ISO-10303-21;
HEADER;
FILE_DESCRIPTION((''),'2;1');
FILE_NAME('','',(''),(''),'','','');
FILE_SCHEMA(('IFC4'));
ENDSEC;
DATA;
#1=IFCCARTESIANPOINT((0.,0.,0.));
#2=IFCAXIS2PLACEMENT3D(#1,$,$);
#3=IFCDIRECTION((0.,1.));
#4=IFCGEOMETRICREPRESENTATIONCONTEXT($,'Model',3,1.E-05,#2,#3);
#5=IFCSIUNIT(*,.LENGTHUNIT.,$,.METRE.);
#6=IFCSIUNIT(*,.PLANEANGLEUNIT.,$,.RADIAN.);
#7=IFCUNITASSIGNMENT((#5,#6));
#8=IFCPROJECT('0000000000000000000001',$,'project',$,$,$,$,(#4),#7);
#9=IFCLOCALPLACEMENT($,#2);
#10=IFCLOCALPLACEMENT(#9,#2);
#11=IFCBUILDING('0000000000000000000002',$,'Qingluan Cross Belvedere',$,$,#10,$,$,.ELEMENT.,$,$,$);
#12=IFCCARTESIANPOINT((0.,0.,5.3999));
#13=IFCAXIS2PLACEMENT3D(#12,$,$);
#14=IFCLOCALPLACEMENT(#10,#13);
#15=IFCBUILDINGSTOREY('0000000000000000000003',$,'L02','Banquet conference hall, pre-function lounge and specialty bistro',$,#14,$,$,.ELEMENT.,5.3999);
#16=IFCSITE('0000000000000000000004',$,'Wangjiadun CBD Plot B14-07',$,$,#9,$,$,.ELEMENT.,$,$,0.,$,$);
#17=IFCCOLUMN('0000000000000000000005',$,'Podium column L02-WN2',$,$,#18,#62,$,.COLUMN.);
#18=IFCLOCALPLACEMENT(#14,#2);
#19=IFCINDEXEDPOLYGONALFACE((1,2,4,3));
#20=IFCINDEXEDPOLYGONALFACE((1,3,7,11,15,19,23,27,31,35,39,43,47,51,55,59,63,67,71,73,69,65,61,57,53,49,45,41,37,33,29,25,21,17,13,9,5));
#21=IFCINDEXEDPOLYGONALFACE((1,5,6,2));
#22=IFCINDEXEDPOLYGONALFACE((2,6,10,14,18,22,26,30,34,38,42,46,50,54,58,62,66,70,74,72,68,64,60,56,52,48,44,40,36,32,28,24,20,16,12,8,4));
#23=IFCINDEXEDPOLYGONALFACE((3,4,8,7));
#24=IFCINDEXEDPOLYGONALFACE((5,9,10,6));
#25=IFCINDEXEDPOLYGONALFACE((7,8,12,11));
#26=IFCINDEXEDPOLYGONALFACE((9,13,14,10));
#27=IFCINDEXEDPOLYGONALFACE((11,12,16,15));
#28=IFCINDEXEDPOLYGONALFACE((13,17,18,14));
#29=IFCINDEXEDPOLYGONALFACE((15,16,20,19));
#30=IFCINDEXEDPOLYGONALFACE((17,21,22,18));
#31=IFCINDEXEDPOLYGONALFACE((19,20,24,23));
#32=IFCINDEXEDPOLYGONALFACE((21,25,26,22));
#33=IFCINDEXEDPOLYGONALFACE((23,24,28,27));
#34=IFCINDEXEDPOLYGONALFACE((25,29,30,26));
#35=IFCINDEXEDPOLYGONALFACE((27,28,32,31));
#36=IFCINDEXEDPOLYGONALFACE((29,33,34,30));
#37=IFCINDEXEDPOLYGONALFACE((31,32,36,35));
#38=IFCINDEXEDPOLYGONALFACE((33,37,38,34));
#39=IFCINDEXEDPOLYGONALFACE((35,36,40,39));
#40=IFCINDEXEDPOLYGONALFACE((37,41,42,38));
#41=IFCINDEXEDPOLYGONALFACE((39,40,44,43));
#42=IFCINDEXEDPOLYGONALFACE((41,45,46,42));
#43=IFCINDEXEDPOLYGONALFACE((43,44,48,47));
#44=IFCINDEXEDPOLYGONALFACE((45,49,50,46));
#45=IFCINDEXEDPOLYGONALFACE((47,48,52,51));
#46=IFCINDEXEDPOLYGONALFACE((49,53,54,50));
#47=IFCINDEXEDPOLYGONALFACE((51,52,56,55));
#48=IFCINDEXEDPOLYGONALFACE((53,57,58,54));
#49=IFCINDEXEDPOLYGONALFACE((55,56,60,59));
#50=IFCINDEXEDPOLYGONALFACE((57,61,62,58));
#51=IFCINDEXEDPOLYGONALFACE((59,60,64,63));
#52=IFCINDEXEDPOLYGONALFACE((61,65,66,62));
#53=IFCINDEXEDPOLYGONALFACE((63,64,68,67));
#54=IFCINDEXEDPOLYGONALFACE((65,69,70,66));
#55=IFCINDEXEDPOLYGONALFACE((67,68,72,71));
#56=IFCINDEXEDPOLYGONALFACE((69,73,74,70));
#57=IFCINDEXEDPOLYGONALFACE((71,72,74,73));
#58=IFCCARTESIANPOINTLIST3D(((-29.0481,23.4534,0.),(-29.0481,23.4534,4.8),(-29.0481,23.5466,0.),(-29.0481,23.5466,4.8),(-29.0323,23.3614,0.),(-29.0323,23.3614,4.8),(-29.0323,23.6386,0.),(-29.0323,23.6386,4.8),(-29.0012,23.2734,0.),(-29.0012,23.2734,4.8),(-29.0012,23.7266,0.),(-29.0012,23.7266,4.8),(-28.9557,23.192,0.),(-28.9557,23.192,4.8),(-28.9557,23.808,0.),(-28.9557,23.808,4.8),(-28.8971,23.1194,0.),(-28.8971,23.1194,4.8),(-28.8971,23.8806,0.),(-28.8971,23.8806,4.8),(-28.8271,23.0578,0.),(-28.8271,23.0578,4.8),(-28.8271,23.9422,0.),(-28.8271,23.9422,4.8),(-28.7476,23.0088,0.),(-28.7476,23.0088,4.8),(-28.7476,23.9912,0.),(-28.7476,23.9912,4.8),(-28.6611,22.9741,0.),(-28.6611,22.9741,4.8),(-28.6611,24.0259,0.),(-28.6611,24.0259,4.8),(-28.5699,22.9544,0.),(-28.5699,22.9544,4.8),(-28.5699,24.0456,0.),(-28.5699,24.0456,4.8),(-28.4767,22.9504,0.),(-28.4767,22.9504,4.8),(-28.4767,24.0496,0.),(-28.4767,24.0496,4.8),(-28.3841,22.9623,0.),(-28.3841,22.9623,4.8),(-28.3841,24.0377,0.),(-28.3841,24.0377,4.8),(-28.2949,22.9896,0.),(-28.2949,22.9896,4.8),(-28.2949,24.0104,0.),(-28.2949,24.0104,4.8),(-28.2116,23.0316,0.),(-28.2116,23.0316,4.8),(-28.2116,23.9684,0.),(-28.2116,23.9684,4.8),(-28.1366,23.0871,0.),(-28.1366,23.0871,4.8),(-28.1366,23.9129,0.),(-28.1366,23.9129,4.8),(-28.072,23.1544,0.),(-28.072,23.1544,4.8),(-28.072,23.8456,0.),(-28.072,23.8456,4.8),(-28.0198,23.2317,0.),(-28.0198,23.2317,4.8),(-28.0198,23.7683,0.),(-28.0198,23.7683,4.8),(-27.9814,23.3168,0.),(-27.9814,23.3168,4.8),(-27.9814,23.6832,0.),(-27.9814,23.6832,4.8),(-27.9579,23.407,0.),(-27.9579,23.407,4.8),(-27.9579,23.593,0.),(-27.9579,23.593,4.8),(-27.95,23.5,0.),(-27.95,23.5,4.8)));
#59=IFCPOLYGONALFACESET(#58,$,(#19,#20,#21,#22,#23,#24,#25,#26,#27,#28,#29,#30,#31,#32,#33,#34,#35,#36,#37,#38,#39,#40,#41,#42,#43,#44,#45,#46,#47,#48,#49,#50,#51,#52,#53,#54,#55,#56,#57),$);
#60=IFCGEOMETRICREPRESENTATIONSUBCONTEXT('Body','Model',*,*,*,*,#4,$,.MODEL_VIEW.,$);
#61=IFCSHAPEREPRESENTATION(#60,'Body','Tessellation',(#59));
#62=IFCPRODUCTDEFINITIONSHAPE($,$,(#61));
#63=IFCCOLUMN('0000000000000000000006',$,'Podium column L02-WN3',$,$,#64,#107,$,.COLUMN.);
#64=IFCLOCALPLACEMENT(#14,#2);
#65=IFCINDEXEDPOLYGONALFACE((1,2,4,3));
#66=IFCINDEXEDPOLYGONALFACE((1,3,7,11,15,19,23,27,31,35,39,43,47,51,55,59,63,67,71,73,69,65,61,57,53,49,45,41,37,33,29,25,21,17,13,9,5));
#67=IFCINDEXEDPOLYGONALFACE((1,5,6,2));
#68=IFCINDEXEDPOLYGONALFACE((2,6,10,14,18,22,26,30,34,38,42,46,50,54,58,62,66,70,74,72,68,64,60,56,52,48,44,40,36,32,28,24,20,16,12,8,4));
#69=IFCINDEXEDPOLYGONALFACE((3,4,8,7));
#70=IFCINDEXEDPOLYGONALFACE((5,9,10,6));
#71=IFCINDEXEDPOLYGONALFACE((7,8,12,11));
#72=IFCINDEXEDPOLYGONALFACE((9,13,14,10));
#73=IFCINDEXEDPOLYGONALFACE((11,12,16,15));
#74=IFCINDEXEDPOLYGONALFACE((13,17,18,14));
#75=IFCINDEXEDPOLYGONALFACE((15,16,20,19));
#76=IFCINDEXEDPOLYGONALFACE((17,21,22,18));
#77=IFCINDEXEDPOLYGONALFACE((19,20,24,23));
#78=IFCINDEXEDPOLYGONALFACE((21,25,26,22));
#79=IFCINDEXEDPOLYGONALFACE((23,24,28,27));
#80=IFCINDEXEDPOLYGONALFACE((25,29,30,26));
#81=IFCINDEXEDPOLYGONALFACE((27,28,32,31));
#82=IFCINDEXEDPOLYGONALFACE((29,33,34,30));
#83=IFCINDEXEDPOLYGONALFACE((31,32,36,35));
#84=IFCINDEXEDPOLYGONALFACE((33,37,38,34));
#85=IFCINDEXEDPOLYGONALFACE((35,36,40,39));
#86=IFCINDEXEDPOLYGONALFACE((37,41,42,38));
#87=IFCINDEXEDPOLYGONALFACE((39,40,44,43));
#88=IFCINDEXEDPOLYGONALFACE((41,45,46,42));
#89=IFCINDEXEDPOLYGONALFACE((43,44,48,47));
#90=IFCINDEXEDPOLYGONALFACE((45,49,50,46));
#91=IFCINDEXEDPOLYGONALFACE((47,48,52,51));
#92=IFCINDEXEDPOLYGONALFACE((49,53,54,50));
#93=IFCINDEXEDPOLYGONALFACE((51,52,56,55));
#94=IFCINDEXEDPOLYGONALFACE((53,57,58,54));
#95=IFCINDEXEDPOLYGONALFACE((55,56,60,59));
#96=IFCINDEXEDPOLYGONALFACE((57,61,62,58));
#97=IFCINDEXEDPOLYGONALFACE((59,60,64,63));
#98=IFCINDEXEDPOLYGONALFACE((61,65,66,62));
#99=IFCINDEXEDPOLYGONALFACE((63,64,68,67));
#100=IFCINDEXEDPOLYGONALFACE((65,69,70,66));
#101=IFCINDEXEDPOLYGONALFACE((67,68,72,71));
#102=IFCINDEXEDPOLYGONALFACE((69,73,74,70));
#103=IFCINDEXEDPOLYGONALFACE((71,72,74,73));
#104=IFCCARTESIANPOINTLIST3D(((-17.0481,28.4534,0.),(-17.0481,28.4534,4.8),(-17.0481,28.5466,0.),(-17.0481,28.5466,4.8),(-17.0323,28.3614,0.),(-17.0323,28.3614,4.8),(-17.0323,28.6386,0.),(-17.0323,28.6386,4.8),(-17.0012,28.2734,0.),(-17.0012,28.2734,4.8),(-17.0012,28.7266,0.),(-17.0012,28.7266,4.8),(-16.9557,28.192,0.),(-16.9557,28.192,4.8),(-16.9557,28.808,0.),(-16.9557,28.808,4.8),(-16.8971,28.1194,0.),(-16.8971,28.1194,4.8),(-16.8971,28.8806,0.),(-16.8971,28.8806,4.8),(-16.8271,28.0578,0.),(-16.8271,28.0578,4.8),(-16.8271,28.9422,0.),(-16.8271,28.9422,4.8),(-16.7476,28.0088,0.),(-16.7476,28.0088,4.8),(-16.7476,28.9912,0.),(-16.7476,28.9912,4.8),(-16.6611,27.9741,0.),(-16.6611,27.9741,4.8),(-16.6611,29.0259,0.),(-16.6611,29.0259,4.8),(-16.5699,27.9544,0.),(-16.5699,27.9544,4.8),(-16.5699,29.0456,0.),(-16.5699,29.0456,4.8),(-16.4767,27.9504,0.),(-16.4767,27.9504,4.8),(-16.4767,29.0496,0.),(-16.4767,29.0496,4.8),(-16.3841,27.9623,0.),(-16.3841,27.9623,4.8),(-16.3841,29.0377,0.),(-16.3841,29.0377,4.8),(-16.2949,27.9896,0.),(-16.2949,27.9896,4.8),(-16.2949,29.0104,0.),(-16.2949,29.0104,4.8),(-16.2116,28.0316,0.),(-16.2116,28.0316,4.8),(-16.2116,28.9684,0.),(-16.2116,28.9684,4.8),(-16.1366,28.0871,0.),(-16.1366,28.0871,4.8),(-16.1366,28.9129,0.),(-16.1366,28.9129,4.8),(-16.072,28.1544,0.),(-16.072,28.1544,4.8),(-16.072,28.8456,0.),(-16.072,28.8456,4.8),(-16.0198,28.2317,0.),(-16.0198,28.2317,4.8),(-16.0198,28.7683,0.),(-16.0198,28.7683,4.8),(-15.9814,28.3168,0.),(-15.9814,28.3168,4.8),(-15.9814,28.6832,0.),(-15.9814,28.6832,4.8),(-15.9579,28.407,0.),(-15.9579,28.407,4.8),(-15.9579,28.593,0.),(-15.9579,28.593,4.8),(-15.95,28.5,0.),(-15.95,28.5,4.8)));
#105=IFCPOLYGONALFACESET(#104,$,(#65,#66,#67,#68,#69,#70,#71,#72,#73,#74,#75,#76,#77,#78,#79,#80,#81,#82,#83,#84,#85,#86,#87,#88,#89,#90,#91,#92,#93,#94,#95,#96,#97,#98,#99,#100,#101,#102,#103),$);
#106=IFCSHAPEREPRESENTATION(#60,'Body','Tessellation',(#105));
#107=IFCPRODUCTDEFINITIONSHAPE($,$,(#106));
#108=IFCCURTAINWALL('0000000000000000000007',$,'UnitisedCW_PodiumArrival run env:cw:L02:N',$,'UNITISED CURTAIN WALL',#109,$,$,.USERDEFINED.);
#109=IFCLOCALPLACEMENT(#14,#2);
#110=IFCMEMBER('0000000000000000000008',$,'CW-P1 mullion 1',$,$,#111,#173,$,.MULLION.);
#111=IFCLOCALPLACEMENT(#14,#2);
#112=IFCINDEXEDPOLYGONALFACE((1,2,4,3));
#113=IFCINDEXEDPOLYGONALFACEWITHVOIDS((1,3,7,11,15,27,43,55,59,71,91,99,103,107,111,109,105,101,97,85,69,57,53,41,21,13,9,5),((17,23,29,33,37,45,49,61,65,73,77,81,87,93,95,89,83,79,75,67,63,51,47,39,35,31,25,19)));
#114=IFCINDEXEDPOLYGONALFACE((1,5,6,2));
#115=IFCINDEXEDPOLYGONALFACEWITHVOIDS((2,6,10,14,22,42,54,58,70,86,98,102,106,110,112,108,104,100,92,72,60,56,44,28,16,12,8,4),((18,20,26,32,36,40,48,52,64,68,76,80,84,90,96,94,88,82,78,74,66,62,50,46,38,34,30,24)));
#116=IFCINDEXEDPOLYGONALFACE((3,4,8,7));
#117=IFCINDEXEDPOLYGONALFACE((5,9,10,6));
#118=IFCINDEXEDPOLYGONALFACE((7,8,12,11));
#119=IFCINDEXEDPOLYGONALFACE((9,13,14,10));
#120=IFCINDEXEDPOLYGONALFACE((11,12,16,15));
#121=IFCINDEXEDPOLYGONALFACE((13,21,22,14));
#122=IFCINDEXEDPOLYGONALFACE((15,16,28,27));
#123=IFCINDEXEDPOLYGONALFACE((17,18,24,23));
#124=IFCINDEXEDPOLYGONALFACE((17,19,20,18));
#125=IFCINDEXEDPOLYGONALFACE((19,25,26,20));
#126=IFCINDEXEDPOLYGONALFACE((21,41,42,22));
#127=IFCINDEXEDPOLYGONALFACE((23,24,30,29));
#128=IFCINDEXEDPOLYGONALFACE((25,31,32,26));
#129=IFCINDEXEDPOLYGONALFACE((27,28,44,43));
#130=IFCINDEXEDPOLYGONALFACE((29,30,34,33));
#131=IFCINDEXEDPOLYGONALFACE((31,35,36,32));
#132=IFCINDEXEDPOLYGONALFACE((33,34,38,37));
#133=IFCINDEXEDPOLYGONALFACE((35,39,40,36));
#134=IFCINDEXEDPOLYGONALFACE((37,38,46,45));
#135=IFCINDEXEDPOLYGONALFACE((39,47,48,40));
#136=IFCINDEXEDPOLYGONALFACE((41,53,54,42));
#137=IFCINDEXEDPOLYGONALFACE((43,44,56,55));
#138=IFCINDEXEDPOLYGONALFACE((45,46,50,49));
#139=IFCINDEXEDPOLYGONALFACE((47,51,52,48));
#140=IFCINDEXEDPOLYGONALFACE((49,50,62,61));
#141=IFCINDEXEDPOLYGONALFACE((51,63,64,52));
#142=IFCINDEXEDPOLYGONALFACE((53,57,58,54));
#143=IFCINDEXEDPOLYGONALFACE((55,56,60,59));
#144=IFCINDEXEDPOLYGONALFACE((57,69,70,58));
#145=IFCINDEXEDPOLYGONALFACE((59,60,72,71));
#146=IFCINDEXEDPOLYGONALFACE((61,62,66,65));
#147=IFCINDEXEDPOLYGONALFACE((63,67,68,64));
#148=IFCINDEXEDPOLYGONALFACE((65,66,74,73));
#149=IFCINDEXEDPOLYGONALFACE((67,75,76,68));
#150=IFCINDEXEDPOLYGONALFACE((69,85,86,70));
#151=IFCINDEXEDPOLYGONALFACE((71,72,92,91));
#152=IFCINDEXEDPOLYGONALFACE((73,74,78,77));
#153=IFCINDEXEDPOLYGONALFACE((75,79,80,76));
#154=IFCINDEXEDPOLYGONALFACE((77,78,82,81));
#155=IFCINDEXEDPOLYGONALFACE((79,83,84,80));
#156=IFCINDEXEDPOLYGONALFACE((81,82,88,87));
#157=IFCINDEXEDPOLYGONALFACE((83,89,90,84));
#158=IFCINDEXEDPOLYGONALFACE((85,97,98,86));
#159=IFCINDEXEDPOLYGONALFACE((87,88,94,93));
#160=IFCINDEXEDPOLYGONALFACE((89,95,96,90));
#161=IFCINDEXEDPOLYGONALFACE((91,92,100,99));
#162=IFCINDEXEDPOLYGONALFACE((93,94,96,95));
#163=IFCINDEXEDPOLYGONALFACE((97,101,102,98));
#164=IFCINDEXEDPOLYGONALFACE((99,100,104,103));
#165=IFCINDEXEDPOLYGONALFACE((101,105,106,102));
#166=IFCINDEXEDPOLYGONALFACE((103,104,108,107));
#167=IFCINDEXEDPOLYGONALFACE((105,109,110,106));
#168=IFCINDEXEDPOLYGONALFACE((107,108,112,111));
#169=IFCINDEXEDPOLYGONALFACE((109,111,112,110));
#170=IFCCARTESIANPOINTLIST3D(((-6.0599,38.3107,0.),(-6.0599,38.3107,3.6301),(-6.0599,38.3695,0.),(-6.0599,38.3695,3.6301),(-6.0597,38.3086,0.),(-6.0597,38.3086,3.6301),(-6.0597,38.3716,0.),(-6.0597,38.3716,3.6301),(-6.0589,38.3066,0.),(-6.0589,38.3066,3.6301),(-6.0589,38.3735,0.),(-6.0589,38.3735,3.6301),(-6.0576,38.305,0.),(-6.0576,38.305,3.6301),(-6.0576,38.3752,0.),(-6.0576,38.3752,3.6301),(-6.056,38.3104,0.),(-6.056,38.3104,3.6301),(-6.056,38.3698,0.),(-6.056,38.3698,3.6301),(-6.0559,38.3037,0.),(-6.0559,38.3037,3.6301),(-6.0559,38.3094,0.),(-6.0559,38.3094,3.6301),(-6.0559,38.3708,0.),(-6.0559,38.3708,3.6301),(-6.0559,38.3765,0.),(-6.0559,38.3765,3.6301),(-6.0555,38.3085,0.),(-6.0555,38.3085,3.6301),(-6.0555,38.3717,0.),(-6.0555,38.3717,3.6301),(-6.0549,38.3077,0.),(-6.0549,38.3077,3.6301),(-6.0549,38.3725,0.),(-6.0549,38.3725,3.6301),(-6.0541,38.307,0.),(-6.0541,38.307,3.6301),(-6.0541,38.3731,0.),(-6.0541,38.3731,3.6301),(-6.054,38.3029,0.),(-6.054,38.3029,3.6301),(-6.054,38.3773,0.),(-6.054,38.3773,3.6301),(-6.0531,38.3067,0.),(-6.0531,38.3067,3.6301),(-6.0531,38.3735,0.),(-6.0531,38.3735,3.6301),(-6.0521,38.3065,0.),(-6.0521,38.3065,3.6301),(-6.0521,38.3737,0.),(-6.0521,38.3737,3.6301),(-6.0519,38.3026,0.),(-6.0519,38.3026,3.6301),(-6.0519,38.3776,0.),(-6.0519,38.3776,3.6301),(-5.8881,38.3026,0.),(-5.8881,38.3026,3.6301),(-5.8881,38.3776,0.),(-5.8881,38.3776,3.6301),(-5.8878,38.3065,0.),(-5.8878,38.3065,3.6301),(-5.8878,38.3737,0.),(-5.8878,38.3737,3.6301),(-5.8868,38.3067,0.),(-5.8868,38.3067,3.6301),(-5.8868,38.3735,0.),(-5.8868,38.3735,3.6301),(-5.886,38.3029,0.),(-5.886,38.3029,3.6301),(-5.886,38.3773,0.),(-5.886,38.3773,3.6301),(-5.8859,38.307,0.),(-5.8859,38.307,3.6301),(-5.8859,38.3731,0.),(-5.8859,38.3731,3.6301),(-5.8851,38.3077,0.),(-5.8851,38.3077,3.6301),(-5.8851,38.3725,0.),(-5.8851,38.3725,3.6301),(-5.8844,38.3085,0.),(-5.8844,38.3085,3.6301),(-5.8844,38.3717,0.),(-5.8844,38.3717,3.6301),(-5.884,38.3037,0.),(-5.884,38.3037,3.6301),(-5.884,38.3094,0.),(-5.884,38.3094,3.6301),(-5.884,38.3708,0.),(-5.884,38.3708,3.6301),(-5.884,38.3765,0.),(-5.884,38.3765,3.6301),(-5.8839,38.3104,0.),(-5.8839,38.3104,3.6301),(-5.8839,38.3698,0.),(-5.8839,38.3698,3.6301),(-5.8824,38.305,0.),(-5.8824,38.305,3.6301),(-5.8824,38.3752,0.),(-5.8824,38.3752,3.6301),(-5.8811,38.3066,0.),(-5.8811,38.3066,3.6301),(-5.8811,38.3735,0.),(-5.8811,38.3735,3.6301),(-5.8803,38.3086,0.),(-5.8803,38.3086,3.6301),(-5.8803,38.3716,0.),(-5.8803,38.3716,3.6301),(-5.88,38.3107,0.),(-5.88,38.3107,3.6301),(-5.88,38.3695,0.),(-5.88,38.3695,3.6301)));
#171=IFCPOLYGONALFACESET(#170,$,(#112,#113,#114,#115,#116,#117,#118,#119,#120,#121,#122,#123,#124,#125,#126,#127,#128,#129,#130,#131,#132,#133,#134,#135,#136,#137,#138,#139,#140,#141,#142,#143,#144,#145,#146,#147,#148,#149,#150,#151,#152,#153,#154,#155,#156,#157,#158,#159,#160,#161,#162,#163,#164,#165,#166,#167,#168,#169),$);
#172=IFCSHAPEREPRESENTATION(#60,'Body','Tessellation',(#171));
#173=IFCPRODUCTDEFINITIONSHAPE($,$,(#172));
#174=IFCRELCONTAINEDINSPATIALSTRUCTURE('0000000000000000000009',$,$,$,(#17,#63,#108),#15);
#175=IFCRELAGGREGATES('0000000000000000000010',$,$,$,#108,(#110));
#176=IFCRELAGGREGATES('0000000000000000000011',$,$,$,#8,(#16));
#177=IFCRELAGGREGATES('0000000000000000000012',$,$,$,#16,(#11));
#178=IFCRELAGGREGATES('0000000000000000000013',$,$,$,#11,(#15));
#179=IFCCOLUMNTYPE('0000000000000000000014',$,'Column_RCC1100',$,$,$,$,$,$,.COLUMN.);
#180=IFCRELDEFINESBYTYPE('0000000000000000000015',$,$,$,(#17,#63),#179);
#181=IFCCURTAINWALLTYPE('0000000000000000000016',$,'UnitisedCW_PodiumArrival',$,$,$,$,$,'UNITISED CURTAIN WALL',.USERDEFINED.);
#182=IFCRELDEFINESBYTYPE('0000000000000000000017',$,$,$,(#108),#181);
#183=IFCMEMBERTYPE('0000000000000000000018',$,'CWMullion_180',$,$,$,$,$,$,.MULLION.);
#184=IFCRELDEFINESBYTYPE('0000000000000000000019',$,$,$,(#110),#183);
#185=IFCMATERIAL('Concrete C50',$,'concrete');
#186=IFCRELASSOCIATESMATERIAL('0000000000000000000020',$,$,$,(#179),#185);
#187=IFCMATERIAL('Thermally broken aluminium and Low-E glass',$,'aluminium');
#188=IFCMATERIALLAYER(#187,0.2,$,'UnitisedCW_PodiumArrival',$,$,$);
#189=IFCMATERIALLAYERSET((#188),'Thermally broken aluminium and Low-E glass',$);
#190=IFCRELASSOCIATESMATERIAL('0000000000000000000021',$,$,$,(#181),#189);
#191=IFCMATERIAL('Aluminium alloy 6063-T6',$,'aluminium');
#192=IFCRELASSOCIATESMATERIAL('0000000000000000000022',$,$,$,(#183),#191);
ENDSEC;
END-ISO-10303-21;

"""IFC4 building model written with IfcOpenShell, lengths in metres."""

from ifc_helpers import new_model, si_unit, direction, frame, origin, origin_2d, place, context, subcontext, project, spatial, hollow_rectangle, circle, extrude, material, layer, layer_set, material_profile, profile_set, type_object, element, aggregate, save


model = new_model("IFC4")

# Units and contexts
model_context = context("Model", 3, precision=1e-05, world=origin(), true_north=direction((0.0, 1.0)))
body_context = subcontext(model_context, "Body", "Model", "MODEL_VIEW")
ifc_project = project(units=[si_unit("LENGTHUNIT", "METRE"), si_unit("PLANEANGLEUNIT", "RADIAN")], contexts=[model_context])

# Site, building, storey
site_placement = place(None, origin())
site = spatial("IfcSite", under=ifc_project, at=site_placement, Name="Wangjiadun CBD Plot B14-07", CompositionType="ELEMENT", RefElevation=0.0)
building_placement = place(site_placement, origin())
building = spatial("IfcBuilding", under=site, at=building_placement, Name="Qingluan Cross Belvedere", CompositionType="ELEMENT")
storey_placement = place(building_placement, frame((0.0, 0.0, 5.3999)))
storey = spatial("IfcBuildingStorey", under=building, at=storey_placement, Name="L02", Description="Banquet conference hall, pre-function lounge and specialty bistro", CompositionType="ELEMENT", Elevation=5.3999)

# Columns
ifc_material_1 = material(Name="Concrete C50", Category="concrete")
ifc_material_profile_1 = material_profile(ifc_material_1, circle(Radius=0.55, at=origin_2d()), Name="RCC1100")
ifc_profile_set_1 = profile_set([ifc_material_profile_1], Name="Concrete C50")
column_type = type_object("IfcColumnType", Name="Column_RCC1100", PredefinedType="COLUMN", material=ifc_profile_set_1)
for number, where, z_axis, x_axis, name in (
    (1, (-28.5, 23.5, 0.0), (0.0, 0.0, 1.0), (1.0, 0.0, 0.0), "Podium column L02-WN2"),
    (2, (-16.5, 28.5, 0.0), (0.0, 0.0, 1.0), (1.0, 0.0, 0.0), "Podium column L02-WN3"),
):
    element("IfcColumn", number, at=place(storey_placement, frame(where, z_axis=z_axis, x_axis=x_axis)), inside=storey, type_object=column_type, Name=name, PredefinedType="COLUMN", context=body_context, shape_type="SweptSolid", body=[
        extrude(circle(Radius=0.55, at=origin_2d()), origin(), (0.0, 0.0, 1.0), 4.8),
    ])

# Curtain wall, member
ifc_material_2 = material(Name="Thermally broken aluminium and Low-E glass", Category="aluminium")
ifc_layer_1 = layer(ifc_material_2, 0.2, Name="UnitisedCW_PodiumArrival")
ifc_layer_set_1 = layer_set([ifc_layer_1], Name="Thermally broken aluminium and Low-E glass")
curtain_wall_type = type_object("IfcCurtainWallType", Name="UnitisedCW_PodiumArrival", ElementType="UNITISED CURTAIN WALL", PredefinedType="USERDEFINED", material=ifc_layer_set_1)
curtain_wall_placement = place(storey_placement, origin())
curtain_wall = element("IfcCurtainWall", 3, at=curtain_wall_placement, inside=storey, type_object=curtain_wall_type, Name="UnitisedCW_PodiumArrival run env:cw:L02:N", ObjectType="UNITISED CURTAIN WALL", PredefinedType="USERDEFINED")
ifc_material_3 = material(Name="Aluminium alloy 6063-T6", Category="aluminium")
ifc_material_profile_2 = material_profile(ifc_material_3, hollow_rectangle(XDim=0.075, YDim=0.1799, WallThickness=0.0039, InnerFilletRadius=0.0039, OuterFilletRadius=0.0081, at=origin_2d()), Name="CWM180x75x4")
ifc_profile_set_2 = profile_set([ifc_material_profile_2], Name="Aluminium alloy 6063-T6")
member_type_1 = type_object("IfcMemberType", Name="CWMullion_180", PredefinedType="MULLION", material=ifc_profile_set_2)
member_1_placement = place(storey_placement, frame((-5.97, 38.3401, 0.0), z_axis=(0.0, 0.0, 1.0), x_axis=(0.0, 1.0, 0.0)))
member_1 = element("IfcMember", 4, at=member_1_placement, type_object=member_type_1, Name="CW-P1 mullion 1", PredefinedType="MULLION", context=body_context, shape_type="SweptSolid", body=[
    extrude(hollow_rectangle(XDim=0.075, YDim=0.1799, WallThickness=0.0039, InnerFilletRadius=0.0039, OuterFilletRadius=0.0081, at=origin_2d()), origin(), (0.0, 0.0, 1.0), 3.6301),
])
aggregate(curtain_wall, [member_1])

save(model, "model.ifc")
